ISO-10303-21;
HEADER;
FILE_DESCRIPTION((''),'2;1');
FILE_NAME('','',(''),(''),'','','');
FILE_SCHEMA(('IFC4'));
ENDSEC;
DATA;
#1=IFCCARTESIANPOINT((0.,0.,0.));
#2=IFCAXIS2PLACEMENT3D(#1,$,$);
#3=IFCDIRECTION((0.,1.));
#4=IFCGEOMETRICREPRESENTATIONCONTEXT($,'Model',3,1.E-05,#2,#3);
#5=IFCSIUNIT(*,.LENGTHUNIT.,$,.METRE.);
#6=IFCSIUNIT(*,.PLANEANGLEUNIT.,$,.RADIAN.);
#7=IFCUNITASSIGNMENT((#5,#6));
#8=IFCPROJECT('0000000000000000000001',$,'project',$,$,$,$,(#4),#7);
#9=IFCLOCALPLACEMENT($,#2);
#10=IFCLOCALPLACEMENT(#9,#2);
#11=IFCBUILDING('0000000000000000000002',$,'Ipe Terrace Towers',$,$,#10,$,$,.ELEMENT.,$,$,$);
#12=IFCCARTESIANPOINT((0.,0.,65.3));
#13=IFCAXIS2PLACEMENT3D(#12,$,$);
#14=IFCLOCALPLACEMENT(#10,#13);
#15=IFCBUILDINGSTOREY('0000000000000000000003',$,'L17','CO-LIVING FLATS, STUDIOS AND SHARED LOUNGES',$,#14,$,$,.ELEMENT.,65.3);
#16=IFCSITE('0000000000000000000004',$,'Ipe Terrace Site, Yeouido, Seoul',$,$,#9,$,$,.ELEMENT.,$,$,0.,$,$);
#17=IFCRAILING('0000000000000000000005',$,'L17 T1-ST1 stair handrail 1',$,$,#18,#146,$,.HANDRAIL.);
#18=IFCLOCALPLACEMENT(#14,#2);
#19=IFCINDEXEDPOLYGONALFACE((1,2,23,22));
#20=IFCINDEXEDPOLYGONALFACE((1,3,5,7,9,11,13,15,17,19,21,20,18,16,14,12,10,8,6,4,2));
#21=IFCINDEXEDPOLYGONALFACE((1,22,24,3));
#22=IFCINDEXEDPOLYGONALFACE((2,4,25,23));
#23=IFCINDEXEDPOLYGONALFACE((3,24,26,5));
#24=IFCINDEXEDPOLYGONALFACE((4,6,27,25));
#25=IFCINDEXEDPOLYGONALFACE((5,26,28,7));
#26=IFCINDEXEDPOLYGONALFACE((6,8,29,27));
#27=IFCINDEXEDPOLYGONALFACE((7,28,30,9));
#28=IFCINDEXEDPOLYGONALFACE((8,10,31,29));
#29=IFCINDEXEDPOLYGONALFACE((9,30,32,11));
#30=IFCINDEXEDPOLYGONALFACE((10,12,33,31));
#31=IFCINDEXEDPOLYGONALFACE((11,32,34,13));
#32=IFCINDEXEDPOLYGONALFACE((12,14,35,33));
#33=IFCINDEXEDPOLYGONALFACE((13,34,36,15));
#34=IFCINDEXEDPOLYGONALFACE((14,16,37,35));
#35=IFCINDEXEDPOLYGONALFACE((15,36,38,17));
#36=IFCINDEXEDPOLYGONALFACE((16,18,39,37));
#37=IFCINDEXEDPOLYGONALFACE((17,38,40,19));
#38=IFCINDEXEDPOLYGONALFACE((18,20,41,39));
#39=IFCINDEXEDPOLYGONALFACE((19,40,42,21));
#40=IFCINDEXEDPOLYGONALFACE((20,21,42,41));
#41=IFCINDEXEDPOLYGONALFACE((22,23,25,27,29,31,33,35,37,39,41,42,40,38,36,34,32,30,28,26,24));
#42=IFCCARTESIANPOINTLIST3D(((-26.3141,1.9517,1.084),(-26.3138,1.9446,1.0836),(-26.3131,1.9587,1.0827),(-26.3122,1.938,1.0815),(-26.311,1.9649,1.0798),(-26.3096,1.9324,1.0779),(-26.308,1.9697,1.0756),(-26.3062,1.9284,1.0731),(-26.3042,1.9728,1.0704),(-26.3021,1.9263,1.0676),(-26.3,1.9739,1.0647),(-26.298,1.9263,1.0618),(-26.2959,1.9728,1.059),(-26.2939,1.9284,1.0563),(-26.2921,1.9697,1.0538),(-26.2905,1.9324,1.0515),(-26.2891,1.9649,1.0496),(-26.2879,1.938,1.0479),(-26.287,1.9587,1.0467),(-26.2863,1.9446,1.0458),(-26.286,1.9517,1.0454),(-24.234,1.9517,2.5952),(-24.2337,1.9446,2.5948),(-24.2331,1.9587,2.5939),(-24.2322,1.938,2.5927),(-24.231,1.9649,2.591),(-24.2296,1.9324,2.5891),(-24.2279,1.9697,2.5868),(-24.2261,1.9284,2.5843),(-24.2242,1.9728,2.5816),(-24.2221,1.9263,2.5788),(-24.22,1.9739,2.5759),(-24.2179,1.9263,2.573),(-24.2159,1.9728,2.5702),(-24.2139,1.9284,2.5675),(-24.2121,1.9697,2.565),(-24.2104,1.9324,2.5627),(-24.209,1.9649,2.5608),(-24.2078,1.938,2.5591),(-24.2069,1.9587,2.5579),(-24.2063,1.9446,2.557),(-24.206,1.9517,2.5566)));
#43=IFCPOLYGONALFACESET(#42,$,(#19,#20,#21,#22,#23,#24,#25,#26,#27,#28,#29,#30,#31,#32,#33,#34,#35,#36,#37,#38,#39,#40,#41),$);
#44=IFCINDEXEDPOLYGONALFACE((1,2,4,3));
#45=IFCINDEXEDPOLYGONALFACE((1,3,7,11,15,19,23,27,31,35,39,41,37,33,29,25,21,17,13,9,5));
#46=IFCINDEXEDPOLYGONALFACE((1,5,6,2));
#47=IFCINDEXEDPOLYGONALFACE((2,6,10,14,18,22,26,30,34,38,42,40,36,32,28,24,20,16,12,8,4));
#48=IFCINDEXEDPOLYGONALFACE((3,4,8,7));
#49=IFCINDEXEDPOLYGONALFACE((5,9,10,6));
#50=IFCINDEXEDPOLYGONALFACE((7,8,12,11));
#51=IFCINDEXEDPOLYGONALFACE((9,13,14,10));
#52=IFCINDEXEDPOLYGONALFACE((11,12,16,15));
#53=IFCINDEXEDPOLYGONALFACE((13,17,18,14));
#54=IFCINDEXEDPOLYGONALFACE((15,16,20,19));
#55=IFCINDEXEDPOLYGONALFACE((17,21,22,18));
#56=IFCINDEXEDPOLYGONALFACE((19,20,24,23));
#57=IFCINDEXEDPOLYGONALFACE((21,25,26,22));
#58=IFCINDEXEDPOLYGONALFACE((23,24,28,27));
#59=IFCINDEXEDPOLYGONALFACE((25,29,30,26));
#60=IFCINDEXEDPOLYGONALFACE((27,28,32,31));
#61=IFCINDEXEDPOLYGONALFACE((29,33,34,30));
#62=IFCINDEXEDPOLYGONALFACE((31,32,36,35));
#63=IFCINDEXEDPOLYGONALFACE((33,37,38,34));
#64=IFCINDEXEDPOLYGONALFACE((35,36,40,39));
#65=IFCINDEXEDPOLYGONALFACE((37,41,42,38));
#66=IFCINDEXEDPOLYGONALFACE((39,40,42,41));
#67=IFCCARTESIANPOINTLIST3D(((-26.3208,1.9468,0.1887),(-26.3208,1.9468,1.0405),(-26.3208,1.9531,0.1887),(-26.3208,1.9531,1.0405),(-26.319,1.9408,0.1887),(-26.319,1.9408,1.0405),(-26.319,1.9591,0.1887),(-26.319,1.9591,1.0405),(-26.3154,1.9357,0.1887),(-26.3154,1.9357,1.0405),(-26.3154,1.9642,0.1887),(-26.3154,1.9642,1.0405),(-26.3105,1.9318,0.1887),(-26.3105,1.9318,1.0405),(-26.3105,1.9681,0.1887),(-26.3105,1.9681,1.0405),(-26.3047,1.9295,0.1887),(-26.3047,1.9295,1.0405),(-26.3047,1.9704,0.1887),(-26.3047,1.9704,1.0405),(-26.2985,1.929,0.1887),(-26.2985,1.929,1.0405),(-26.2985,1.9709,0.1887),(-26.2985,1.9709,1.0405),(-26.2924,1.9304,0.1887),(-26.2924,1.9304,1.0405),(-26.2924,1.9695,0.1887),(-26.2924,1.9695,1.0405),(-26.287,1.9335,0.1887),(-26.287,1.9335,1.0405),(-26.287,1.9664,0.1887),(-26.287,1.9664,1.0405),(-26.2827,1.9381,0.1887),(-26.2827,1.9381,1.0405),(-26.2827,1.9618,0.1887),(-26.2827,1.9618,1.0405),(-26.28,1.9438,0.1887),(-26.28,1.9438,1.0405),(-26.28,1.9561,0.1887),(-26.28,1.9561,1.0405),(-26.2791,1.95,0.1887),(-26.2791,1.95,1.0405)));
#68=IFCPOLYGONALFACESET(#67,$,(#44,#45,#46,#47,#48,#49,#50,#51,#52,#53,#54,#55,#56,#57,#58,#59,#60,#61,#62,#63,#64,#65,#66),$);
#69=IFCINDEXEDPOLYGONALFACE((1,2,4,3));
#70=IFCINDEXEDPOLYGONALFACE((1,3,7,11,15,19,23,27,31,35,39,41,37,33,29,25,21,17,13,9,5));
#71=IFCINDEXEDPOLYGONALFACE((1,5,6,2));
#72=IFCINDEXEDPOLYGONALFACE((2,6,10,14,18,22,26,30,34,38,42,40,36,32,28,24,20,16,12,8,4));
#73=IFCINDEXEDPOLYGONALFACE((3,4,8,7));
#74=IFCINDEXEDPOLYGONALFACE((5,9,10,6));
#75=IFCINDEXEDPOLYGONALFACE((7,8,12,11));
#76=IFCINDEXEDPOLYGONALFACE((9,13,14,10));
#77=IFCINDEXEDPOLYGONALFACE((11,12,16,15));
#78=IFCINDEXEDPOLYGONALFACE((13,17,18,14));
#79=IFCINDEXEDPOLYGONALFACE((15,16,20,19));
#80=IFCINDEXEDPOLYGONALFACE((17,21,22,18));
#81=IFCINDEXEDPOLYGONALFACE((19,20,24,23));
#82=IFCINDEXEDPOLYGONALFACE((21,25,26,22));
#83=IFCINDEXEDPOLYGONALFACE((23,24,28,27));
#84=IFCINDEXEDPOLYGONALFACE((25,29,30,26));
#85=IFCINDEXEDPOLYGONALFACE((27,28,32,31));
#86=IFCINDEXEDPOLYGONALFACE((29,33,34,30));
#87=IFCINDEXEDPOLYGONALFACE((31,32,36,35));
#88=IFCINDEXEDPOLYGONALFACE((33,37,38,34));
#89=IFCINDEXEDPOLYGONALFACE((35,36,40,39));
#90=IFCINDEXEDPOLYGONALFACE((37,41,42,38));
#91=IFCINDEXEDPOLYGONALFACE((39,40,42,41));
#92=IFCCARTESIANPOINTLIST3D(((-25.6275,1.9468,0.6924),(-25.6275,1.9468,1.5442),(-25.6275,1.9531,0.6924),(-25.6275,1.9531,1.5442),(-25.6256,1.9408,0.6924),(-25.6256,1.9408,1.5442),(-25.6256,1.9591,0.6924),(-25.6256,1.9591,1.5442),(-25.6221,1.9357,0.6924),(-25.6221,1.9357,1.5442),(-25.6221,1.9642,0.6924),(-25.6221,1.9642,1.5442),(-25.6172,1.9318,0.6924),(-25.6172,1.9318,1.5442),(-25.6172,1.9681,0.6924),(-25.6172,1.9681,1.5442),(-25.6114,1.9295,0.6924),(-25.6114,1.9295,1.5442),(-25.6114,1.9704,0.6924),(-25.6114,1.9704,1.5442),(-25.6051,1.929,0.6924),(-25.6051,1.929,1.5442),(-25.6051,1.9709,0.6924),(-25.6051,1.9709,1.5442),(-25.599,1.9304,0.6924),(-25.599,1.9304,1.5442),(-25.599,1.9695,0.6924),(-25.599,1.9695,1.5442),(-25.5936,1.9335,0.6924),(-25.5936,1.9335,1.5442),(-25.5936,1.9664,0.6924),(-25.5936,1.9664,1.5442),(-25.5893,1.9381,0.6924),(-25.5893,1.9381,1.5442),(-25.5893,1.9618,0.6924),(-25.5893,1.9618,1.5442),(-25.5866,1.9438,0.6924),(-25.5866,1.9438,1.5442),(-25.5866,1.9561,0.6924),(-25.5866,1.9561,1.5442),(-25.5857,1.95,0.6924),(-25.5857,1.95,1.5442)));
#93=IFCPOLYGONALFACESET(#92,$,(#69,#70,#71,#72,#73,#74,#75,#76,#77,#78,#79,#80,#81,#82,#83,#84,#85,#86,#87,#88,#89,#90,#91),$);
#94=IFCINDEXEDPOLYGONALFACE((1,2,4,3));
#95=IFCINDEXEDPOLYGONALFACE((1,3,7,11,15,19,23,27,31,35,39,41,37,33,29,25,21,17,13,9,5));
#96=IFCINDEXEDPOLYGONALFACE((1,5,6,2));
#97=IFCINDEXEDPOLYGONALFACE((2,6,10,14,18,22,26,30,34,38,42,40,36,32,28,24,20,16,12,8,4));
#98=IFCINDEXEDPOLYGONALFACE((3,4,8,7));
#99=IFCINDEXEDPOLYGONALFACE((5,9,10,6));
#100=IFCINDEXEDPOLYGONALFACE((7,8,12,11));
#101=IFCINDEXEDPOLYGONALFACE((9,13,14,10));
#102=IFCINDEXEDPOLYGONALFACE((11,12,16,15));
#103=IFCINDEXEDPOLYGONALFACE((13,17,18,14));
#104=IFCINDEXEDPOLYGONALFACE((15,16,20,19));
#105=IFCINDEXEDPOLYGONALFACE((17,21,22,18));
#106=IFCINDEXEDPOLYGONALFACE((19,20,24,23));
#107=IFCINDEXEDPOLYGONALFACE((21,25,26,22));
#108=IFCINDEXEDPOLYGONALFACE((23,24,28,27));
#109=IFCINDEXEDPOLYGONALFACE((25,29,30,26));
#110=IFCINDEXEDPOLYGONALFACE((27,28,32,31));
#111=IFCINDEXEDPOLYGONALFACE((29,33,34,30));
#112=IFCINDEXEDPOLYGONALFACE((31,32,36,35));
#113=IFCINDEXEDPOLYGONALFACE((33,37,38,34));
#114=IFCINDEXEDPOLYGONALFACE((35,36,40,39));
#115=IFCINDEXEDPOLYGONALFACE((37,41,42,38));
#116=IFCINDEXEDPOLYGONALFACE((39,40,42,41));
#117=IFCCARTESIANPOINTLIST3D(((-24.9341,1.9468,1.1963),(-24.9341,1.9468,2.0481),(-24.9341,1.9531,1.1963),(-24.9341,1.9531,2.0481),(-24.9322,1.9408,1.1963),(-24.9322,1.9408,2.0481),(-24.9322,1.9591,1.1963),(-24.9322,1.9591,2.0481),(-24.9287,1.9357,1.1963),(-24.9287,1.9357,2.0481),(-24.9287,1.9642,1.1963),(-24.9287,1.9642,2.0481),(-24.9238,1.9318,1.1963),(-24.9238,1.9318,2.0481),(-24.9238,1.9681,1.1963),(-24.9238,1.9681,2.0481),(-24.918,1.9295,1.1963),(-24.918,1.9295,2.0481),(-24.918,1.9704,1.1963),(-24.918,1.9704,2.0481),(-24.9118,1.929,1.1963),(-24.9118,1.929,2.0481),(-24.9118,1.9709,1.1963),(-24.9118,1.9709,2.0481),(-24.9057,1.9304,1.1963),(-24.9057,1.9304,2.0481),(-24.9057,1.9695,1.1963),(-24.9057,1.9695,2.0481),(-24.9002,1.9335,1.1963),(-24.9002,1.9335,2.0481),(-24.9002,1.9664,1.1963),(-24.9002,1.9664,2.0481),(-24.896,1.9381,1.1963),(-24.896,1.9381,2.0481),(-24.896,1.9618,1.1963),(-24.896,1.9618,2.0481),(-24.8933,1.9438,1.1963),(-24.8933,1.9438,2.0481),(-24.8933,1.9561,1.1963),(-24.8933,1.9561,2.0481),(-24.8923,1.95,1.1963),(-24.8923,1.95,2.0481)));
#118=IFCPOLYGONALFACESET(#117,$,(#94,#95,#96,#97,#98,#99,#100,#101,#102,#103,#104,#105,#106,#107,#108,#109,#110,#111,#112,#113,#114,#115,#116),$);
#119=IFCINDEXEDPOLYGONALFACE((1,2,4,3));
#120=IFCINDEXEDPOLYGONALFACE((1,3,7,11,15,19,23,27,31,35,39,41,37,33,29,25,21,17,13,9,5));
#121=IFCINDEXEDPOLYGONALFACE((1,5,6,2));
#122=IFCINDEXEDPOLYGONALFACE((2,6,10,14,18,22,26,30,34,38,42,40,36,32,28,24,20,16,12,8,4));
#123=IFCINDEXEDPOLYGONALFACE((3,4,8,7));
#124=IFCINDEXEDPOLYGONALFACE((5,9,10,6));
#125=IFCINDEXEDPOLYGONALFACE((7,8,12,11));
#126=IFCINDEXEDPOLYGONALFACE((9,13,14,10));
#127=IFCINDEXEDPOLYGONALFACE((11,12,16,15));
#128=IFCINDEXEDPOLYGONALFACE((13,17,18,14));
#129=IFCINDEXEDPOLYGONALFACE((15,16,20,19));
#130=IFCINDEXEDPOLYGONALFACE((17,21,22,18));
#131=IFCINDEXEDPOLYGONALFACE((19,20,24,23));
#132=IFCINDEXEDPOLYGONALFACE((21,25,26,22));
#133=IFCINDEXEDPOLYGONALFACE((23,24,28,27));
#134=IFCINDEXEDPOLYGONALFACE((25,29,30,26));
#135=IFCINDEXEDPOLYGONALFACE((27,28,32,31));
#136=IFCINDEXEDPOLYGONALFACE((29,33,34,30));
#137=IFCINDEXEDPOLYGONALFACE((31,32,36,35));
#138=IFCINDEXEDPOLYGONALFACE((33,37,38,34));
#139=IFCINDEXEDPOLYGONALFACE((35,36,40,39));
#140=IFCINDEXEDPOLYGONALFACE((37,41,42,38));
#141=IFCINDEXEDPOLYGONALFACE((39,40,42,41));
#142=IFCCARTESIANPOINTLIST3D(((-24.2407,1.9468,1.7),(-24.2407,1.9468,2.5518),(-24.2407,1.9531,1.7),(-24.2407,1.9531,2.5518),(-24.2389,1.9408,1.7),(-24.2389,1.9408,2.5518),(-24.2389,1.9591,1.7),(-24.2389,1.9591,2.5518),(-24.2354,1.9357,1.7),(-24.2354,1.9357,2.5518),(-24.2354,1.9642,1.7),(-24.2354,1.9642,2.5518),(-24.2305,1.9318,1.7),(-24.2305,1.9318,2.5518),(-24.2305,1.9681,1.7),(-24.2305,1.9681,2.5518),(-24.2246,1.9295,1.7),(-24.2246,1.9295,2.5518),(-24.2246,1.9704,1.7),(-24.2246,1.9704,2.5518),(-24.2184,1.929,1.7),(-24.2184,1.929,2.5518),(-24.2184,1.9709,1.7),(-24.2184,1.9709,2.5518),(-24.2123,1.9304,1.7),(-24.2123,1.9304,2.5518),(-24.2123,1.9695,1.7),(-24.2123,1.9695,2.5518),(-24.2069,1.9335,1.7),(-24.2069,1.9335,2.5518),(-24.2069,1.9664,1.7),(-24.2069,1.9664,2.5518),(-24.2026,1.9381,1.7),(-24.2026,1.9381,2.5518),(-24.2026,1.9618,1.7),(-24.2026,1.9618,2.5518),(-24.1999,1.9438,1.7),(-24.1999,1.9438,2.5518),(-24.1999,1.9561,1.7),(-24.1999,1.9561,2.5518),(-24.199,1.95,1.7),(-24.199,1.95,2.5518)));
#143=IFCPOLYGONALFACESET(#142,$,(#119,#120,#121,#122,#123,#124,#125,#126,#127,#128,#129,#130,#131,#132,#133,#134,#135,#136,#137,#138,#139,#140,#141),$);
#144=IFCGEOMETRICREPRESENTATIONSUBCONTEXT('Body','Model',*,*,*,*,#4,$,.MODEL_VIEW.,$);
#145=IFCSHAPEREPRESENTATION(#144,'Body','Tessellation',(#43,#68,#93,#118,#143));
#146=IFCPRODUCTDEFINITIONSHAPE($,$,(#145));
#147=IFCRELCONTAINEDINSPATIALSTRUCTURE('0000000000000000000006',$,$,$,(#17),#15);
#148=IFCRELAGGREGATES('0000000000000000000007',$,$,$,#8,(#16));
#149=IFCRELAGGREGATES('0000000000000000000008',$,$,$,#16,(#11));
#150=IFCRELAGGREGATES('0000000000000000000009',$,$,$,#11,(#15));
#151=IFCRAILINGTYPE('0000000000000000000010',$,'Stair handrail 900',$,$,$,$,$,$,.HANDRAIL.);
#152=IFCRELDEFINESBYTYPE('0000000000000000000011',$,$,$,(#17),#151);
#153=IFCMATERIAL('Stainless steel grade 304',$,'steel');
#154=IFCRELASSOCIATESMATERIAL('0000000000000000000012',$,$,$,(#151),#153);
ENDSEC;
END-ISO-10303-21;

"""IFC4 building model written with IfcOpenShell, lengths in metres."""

from ifc_helpers import new_model, si_unit, direction, frame, origin, origin_2d, place, context, subcontext, project, spatial, circle, extrude, material, type_object, element, save


model = new_model("IFC4")

# Units and contexts
model_context = context("Model", 3, precision=1e-05, world=origin(), true_north=direction((0.0, 1.0)))
body_context = subcontext(model_context, "Body", "Model", "MODEL_VIEW")
ifc_project = project(units=[si_unit("LENGTHUNIT", "METRE"), si_unit("PLANEANGLEUNIT", "RADIAN")], contexts=[model_context])

# Site, building, storey
site_placement = place(None, origin())
site = spatial("IfcSite", under=ifc_project, at=site_placement, Name="Ipe Terrace Site, Yeouido, Seoul", CompositionType="ELEMENT", RefElevation=0.0)
building_placement = place(site_placement, origin())
building = spatial("IfcBuilding", under=site, at=building_placement, Name="Ipe Terrace Towers", CompositionType="ELEMENT")
storey_placement = place(building_placement, frame((0.0, 0.0, 65.3)))
storey = spatial("IfcBuildingStorey", under=building, at=storey_placement, Name="L17", Description="CO-LIVING FLATS, STUDIOS AND SHARED LOUNGES", CompositionType="ELEMENT", Elevation=65.3)

# Railing
ifc_material_1 = material(Name="Stainless steel grade 304", Category="steel")
railing_type = type_object("IfcRailingType", Name="Stair handrail 900", PredefinedType="HANDRAIL", material=ifc_material_1)
railing_1_placement = place(storey_placement, frame((-26.3, 1.95, 0.1887)))
element("IfcRailing", 1, at=railing_1_placement, inside=storey, type_object=railing_type, Name="L17 T1-ST1 stair handrail 1", PredefinedType="HANDRAIL", context=body_context, shape_type="SweptSolid", body=[
    extrude(circle(Radius=0.0239, at=origin_2d()), frame((0.0, 0.0, 0.876), z_axis=(0.809023, 0.0, 0.587776), x_axis=(0.0, 1.0, 0.0)), (0.0, 0.0, 1.0), 2.571),
    extrude(circle(Radius=0.021, at=origin_2d()), origin(), (0.0, 0.0, 1.0), 0.8518),
    extrude(circle(Radius=0.021, at=origin_2d()), frame((0.6934, 0.0, 0.5037)), (0.0, 0.0, 1.0), 0.8518),
    extrude(circle(Radius=0.021, at=origin_2d()), frame((1.3867, 0.0, 1.0076)), (0.0, 0.0, 1.0), 0.8518),
    extrude(circle(Radius=0.021, at=origin_2d()), frame((2.0801, 0.0, 1.5112)), (0.0, 0.0, 1.0), 0.8518),
])

save(model, "model.ifc")
